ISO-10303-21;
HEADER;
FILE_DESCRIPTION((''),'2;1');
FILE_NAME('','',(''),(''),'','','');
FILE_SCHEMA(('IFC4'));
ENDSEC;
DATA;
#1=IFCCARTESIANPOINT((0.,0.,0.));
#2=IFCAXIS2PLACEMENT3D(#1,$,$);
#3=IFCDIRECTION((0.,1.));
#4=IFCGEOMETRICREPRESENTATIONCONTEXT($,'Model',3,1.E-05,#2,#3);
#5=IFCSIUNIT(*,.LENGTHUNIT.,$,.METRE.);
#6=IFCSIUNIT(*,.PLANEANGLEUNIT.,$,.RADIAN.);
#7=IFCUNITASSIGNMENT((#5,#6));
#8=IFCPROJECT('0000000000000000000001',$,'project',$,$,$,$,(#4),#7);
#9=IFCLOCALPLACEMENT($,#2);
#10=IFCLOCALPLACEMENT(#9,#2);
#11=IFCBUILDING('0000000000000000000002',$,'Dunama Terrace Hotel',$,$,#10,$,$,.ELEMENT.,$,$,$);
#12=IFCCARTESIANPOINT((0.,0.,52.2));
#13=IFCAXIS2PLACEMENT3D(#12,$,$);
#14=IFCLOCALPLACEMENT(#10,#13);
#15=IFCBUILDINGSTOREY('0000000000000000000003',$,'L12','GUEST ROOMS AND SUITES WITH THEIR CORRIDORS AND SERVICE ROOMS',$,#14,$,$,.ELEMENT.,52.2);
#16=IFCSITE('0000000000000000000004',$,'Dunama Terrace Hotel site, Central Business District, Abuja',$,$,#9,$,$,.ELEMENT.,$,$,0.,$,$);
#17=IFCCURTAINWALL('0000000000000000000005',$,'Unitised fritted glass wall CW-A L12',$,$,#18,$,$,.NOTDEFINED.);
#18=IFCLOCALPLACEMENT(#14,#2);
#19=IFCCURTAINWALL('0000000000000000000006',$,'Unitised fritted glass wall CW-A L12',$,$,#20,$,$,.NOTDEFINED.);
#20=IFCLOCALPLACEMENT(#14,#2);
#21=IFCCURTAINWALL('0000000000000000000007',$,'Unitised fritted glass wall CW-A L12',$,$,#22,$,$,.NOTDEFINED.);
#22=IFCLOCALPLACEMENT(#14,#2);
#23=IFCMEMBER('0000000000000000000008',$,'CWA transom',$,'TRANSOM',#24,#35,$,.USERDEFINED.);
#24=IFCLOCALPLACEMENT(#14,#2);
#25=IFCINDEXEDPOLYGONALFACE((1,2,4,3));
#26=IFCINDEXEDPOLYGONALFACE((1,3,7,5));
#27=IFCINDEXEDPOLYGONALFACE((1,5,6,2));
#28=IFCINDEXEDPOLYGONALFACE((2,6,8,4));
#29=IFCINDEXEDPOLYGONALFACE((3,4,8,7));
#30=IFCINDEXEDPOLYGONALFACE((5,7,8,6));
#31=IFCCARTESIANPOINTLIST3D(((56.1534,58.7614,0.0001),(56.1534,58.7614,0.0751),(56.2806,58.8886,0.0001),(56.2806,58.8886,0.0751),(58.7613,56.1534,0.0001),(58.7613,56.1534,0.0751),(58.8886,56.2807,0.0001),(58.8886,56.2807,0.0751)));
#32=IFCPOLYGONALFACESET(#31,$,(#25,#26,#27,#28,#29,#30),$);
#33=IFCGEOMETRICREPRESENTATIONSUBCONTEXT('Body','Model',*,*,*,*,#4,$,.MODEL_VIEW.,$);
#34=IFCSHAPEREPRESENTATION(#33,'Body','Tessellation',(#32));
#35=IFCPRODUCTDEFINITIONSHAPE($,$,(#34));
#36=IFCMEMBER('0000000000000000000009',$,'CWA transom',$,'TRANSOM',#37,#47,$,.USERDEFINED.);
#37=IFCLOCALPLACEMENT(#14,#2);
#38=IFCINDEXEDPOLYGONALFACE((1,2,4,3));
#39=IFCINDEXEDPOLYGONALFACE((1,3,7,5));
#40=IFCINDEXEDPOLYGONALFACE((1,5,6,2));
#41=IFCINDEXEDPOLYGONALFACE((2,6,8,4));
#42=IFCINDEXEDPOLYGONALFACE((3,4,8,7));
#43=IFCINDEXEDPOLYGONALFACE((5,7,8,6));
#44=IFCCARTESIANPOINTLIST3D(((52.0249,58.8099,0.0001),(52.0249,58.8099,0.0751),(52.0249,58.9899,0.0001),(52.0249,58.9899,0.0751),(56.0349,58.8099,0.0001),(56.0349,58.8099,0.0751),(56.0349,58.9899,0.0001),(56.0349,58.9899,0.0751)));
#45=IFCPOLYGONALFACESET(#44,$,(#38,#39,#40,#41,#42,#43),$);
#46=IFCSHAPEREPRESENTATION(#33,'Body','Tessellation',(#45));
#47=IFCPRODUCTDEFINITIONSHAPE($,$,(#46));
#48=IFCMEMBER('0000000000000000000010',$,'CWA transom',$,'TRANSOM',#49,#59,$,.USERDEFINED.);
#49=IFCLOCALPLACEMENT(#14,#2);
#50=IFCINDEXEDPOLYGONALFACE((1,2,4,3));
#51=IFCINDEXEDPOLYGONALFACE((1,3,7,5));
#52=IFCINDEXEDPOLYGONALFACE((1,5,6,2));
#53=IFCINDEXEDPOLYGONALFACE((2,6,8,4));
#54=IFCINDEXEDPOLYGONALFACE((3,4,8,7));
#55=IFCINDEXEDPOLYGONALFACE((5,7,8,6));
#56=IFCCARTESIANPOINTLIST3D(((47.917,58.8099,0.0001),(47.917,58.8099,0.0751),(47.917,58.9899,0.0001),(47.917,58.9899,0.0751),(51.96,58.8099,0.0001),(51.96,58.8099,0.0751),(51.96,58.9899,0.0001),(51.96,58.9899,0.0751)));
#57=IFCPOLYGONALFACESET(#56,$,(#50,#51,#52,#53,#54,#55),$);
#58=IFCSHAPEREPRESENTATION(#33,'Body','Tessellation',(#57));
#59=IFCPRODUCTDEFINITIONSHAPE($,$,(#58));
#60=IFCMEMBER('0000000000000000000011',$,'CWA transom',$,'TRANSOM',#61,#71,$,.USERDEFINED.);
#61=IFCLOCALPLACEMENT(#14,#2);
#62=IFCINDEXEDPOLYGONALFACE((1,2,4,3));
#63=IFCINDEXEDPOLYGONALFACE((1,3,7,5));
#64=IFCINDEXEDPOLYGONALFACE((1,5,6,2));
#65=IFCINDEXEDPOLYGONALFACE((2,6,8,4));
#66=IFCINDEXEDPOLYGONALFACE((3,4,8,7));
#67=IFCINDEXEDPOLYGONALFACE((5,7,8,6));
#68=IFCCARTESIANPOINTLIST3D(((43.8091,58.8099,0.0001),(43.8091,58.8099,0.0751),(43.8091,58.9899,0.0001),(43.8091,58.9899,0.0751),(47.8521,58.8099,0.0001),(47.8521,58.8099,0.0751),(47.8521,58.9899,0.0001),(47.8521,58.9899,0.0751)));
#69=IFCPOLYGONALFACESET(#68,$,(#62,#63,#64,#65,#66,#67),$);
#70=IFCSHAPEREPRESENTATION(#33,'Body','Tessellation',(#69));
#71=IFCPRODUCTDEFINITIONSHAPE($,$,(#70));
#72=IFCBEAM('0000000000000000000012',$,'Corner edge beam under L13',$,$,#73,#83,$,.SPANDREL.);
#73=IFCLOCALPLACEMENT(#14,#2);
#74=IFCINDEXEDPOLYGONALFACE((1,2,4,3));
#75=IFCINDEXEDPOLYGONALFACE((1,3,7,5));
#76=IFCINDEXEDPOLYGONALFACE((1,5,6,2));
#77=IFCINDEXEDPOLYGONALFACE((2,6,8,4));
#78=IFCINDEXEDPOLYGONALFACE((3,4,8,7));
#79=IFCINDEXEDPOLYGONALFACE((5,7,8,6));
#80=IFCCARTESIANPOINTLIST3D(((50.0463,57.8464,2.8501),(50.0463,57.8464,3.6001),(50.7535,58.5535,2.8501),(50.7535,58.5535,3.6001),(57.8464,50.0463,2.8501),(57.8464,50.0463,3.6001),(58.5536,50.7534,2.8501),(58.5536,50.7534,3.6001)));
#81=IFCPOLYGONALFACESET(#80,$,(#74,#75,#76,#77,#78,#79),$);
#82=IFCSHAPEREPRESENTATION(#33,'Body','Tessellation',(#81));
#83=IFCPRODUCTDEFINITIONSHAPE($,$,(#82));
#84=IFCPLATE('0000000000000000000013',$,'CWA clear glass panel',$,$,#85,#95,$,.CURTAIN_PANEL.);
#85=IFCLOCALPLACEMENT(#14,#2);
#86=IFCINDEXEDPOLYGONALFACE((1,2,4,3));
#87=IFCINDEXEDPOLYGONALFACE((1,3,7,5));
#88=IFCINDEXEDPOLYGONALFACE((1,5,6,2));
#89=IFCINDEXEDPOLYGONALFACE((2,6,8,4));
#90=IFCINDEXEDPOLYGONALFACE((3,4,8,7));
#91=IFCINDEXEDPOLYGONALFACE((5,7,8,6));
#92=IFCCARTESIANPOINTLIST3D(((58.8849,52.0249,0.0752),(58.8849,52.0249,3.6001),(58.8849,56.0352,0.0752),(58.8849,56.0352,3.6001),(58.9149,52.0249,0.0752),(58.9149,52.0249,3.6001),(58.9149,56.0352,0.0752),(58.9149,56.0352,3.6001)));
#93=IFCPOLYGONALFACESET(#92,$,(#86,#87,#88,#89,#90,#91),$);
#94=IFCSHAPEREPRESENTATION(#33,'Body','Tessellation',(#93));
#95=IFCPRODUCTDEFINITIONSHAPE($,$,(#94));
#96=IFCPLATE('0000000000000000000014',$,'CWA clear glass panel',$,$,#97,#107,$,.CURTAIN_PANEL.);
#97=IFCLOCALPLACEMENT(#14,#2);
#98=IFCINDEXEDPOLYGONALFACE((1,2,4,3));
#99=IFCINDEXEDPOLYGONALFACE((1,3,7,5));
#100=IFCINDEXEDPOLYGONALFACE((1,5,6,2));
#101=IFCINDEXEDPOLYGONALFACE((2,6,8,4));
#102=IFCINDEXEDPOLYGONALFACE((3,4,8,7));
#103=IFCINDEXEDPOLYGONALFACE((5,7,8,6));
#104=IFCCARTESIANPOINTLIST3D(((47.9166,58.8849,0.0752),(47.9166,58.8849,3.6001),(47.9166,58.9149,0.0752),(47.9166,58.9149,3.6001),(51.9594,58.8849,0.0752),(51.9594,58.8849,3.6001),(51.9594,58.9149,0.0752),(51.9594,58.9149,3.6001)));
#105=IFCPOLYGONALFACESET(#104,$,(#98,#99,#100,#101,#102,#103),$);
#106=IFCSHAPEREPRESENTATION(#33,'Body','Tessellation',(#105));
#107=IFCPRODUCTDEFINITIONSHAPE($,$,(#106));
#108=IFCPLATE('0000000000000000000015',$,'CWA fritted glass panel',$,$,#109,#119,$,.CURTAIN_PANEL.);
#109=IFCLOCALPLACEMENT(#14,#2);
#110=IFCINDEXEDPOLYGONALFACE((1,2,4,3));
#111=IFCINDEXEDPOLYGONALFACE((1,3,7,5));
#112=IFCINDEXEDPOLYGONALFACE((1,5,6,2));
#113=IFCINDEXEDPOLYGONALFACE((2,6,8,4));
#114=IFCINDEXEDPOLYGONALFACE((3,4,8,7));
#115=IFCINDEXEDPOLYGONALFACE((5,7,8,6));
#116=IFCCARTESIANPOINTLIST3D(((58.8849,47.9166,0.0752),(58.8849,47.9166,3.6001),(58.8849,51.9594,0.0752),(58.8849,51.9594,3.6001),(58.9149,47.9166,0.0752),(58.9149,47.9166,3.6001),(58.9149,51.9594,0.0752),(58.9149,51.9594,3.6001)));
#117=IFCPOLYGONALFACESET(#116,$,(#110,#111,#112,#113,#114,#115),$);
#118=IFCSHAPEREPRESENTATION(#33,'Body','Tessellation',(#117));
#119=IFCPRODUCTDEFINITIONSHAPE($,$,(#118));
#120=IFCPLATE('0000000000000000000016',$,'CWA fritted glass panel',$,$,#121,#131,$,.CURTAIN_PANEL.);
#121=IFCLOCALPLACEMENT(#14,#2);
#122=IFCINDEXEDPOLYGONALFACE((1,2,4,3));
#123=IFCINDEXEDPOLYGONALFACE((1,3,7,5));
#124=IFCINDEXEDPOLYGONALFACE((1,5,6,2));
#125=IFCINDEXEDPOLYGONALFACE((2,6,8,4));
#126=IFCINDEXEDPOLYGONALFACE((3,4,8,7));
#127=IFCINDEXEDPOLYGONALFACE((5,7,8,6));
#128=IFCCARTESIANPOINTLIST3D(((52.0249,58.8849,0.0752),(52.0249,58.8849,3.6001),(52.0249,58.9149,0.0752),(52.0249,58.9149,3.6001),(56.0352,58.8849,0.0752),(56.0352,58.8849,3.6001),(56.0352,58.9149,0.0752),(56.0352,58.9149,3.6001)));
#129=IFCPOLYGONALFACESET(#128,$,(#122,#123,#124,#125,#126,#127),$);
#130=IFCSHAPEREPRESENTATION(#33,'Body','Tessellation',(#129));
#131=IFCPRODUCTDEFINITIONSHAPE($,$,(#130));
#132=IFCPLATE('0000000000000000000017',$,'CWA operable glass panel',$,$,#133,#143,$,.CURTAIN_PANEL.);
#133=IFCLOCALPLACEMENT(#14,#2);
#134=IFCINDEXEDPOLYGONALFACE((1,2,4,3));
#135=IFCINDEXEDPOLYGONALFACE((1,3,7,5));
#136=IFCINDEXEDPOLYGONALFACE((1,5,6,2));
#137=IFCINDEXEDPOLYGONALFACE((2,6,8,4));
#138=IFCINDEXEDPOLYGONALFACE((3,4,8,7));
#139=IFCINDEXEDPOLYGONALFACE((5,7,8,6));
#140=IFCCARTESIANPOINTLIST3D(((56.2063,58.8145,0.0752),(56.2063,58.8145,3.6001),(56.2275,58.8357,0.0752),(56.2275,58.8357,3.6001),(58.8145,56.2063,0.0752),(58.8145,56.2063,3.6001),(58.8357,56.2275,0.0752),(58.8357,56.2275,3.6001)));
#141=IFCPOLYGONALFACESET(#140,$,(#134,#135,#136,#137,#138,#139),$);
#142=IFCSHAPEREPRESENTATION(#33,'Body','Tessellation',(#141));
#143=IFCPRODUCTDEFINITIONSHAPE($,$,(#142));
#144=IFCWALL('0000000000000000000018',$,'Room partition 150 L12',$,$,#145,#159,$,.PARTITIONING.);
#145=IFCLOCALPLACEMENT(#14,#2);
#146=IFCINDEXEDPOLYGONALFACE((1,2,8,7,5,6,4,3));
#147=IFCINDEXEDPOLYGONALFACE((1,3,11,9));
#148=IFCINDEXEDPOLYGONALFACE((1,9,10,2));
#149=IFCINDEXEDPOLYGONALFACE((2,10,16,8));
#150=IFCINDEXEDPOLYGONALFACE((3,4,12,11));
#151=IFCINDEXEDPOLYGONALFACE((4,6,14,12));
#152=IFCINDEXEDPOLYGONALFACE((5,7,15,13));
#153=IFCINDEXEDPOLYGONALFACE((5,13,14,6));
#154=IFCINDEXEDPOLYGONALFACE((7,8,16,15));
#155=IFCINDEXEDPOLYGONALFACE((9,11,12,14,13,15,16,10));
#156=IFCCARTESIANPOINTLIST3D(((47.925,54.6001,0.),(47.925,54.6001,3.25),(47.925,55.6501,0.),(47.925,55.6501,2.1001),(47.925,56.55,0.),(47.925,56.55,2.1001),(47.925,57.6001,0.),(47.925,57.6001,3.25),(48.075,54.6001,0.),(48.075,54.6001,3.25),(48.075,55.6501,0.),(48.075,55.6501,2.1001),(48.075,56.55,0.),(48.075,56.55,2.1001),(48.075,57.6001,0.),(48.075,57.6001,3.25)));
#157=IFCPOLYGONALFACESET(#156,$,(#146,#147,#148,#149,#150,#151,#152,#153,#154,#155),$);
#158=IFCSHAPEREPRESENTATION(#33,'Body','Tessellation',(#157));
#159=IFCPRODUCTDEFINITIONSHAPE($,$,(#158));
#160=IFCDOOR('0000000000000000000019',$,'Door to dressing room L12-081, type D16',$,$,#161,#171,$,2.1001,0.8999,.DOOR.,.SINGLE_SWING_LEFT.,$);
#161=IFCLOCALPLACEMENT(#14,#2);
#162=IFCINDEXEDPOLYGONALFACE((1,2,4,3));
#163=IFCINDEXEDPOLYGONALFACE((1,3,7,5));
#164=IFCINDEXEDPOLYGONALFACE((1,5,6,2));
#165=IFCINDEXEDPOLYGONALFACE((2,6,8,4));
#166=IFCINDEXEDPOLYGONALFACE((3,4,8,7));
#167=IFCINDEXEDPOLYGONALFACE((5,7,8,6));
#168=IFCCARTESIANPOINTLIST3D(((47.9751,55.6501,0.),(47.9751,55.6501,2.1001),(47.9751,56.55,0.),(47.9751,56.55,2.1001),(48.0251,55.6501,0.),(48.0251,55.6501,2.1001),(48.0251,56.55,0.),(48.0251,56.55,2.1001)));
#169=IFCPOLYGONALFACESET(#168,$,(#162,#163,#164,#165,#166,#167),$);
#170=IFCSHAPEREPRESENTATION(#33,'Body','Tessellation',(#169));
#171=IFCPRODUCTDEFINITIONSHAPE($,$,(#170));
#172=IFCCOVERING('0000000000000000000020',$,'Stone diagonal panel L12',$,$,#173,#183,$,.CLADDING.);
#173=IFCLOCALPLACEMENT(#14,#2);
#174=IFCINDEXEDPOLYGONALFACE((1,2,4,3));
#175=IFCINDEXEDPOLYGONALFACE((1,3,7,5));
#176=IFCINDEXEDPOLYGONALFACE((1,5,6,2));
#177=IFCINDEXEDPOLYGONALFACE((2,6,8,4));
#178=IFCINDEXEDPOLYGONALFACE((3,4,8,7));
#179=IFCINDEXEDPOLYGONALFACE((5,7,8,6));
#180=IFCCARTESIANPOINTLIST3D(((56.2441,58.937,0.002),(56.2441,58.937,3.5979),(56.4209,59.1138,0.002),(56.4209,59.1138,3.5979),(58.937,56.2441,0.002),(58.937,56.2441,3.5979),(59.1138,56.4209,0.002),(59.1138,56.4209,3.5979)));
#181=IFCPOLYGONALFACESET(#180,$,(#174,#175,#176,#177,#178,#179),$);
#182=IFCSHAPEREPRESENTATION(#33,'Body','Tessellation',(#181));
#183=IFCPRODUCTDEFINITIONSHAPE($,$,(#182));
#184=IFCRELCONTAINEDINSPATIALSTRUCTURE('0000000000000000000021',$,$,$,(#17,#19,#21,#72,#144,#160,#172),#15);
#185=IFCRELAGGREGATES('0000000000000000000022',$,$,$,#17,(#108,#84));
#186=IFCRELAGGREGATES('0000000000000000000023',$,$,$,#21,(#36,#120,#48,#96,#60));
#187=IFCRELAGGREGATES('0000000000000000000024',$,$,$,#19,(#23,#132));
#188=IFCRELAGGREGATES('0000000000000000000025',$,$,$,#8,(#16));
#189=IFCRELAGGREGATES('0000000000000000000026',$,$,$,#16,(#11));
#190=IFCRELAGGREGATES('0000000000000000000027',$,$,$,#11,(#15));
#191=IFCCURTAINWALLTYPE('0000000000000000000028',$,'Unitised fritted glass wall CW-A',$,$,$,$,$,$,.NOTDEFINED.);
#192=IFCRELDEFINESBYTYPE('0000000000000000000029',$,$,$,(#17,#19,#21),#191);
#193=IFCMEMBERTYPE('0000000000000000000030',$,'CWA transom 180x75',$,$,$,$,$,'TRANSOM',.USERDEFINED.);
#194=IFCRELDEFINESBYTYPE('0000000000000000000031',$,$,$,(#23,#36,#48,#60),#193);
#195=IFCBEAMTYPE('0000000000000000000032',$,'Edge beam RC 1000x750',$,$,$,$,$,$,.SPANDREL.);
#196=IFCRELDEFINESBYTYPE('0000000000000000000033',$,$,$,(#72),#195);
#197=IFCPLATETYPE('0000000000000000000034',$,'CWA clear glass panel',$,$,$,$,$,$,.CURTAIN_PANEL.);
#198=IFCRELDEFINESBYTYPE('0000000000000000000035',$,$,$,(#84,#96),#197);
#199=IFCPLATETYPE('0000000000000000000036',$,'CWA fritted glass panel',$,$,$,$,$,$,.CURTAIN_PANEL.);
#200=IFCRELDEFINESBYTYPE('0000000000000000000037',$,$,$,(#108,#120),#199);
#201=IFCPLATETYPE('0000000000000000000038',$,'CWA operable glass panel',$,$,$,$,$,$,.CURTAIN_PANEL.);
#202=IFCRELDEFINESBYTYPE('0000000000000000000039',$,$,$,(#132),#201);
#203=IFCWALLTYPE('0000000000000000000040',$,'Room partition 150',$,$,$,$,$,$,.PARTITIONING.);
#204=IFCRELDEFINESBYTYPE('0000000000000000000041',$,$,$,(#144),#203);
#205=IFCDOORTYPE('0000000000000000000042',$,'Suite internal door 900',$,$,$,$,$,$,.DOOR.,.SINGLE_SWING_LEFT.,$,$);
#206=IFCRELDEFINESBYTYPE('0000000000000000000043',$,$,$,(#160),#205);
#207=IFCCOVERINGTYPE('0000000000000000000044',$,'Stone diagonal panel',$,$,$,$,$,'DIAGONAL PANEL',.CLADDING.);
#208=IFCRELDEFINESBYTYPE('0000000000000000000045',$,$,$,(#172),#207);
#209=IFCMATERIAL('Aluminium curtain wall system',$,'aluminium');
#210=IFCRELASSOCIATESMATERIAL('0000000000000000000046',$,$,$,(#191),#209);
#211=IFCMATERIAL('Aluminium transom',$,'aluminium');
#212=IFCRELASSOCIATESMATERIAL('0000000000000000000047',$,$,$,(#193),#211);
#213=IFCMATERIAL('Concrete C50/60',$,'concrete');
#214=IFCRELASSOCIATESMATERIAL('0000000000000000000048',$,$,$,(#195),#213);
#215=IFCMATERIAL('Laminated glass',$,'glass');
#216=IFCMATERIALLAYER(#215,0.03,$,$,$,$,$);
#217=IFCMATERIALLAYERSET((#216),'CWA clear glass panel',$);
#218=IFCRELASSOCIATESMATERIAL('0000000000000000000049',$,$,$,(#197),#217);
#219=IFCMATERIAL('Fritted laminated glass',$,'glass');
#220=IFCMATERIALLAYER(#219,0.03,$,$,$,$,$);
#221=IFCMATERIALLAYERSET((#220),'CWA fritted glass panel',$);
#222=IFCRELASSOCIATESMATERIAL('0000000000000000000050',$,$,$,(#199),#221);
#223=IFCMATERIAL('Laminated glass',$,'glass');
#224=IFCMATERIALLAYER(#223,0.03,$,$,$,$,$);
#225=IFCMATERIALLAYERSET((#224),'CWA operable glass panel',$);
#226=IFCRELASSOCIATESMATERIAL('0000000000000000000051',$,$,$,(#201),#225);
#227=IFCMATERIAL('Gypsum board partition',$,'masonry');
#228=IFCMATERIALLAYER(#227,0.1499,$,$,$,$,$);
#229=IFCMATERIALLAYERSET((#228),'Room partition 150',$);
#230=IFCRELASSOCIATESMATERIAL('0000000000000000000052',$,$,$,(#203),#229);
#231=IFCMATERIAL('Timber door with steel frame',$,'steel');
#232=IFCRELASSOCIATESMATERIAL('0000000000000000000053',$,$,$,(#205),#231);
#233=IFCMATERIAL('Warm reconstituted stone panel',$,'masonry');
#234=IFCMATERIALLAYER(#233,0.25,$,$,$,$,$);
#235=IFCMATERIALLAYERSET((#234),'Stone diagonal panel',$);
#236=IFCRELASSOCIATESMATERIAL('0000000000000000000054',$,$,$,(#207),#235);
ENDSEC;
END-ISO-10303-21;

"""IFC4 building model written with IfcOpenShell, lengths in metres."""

from ifc_helpers import new_model, si_unit, direction, frame, frame_2d, origin, origin_2d, place, context, subcontext, project, spatial, rectangle, extrude, material, layer, layer_set, material_profile, profile_set, type_object, element, fill, aggregate, save


model = new_model("IFC4")

# Units and contexts
model_context = context("Model", 3, precision=1e-05, world=origin(), true_north=direction((0.0, 1.0)))
body_context = subcontext(model_context, "Body", "Model", "MODEL_VIEW")
ifc_project = project(units=[si_unit("LENGTHUNIT", "METRE"), si_unit("PLANEANGLEUNIT", "RADIAN")], contexts=[model_context])

# Site, building, storey
site_placement = place(None, origin())
site = spatial("IfcSite", under=ifc_project, at=site_placement, Name="Dunama Terrace Hotel site, Central Business District, Abuja", CompositionType="ELEMENT", RefElevation=0.0)
building_placement = place(site_placement, origin())
building = spatial("IfcBuilding", under=site, at=building_placement, Name="Dunama Terrace Hotel", CompositionType="ELEMENT")
storey_placement = place(building_placement, frame((0.0, 0.0, 52.2)))
storey = spatial("IfcBuildingStorey", under=building, at=storey_placement, Name="L12", Description="GUEST ROOMS AND SUITES WITH THEIR CORRIDORS AND SERVICE ROOMS", CompositionType="ELEMENT", Elevation=52.2)

# Curtain walls
ifc_material_1 = material(Name="Aluminium curtain wall system", Category="aluminium")
curtain_wall_type = type_object("IfcCurtainWallType", Name="Unitised fritted glass wall CW-A", PredefinedType="NOTDEFINED", material=ifc_material_1)
curtain_wall_1_placement = place(storey_placement, origin())
curtain_wall_1 = element("IfcCurtainWall", 1, at=curtain_wall_1_placement, inside=storey, type_object=curtain_wall_type, Name="Unitised fritted glass wall CW-A L12", PredefinedType="NOTDEFINED")
curtain_wall_2_placement = place(storey_placement, origin())
curtain_wall_2 = element("IfcCurtainWall", 2, at=curtain_wall_2_placement, inside=storey, type_object=curtain_wall_type, Name="Unitised fritted glass wall CW-A L12", PredefinedType="NOTDEFINED")
curtain_wall_3_placement = place(storey_placement, origin())
curtain_wall_3 = element("IfcCurtainWall", 3, at=curtain_wall_3_placement, inside=storey, type_object=curtain_wall_type, Name="Unitised fritted glass wall CW-A L12", PredefinedType="NOTDEFINED")

# Members
ifc_material_2 = material(Name="Aluminium transom", Category="aluminium")
ifc_material_profile_1 = material_profile(ifc_material_2, rectangle(XDim=0.1799, YDim=0.075, at=origin_2d()), Name="CWA TRANSOM 180X75")
ifc_profile_set_1 = profile_set([ifc_material_profile_1], Name="Aluminium transom")
member_type_1 = type_object("IfcMemberType", Name="CWA transom 180x75", ElementType="TRANSOM", PredefinedType="USERDEFINED", material=ifc_profile_set_1)
member_1_placement = place(storey_placement, frame((58.825, 56.217, 0.0376), z_axis=(-0.707107, 0.707107, 0.0), x_axis=(-0.707107, -0.707107, 0.0)))
member_1 = element("IfcMember", 4, at=member_1_placement, type_object=member_type_1, Name="CWA transom", ObjectType="TRANSOM", PredefinedType="USERDEFINED", context=body_context, shape_type="SweptSolid", body=[
    extrude(rectangle(XDim=0.1799, YDim=0.075, at=origin_2d()), origin(), (0.0, 0.0, 1.0), 3.6882),
])
member_2_placement = place(storey_placement, frame((56.0349, 58.8999, 0.0376), z_axis=(-1.0, 0.0, 0.0), x_axis=(0.0, -1.0, 0.0)))
member_2 = element("IfcMember", 5, at=member_2_placement, type_object=member_type_1, Name="CWA transom", ObjectType="TRANSOM", PredefinedType="USERDEFINED", context=body_context, shape_type="SweptSolid", body=[
    extrude(rectangle(XDim=0.1799, YDim=0.075, at=origin_2d()), origin(), (0.0, 0.0, 1.0), 4.01),
])
member_3_placement = place(storey_placement, frame((51.96, 58.8999, 0.0376), z_axis=(-1.0, 0.0, 0.0), x_axis=(0.0, -1.0, 0.0)))
member_3 = element("IfcMember", 6, at=member_3_placement, type_object=member_type_1, Name="CWA transom", ObjectType="TRANSOM", PredefinedType="USERDEFINED", context=body_context, shape_type="SweptSolid", body=[
    extrude(rectangle(XDim=0.1799, YDim=0.075, at=origin_2d()), origin(), (0.0, 0.0, 1.0), 4.043),
])
member_4_placement = place(storey_placement, frame((47.8521, 58.8999, 0.0376), z_axis=(-1.0, 0.0, 0.0), x_axis=(0.0, -1.0, 0.0)))
member_4 = element("IfcMember", 7, at=member_4_placement, type_object=member_type_1, Name="CWA transom", ObjectType="TRANSOM", PredefinedType="USERDEFINED", context=body_context, shape_type="SweptSolid", body=[
    extrude(rectangle(XDim=0.1799, YDim=0.075, at=origin_2d()), origin(), (0.0, 0.0, 1.0), 4.043),
])

# Beam
ifc_material_3 = material(Name="Concrete C50/60", Category="concrete")
ifc_material_profile_2 = material_profile(ifc_material_3, rectangle(XDim=1.0, YDim=0.75, at=origin_2d()), Name="RC 1000x750")
ifc_profile_set_2 = profile_set([ifc_material_profile_2], Name="Concrete C50/60")
beam_type = type_object("IfcBeamType", Name="Edge beam RC 1000x750", PredefinedType="SPANDREL", material=ifc_profile_set_2)
beam_placement = place(storey_placement, frame((50.3999, 58.2, 3.2251), z_axis=(0.707107, -0.707107, 0.0), x_axis=(0.707107, 0.707107, 0.0)))
element("IfcBeam", 8, at=beam_placement, inside=storey, type_object=beam_type, Name="Corner edge beam under L13", PredefinedType="SPANDREL", context=body_context, shape_type="SweptSolid", body=[
    extrude(rectangle(XDim=1.0, YDim=0.75, at=origin_2d()), origin(), (0.0, 0.0, 1.0), 11.031),
])

# Plates
ifc_material_4 = material(Name="Laminated glass", Category="glass")
ifc_layer_1 = layer(ifc_material_4, 0.03)
ifc_layer_set_1 = layer_set([ifc_layer_1], Name="CWA clear glass panel")
plate_type_1 = type_object("IfcPlateType", Name="CWA clear glass panel", PredefinedType="CURTAIN_PANEL", material=ifc_layer_set_1)
plate_1_placement = place(storey_placement, frame((58.8999, 54.03, 0.0752), z_axis=(0.0, 0.0, 1.0), x_axis=(0.0, 1.0, 0.0)))
plate_1 = element("IfcPlate", 9, at=plate_1_placement, type_object=plate_type_1, Name="CWA clear glass panel", PredefinedType="CURTAIN_PANEL", context=body_context, shape_type="SweptSolid", body=[
    extrude(rectangle(XDim=4.0103, YDim=0.03, at=origin_2d()), origin(), (0.0, 0.0, 1.0), 3.5249),
])
plate_2_placement = place(storey_placement, frame((49.938, 58.8999, 0.0752), z_axis=(0.0, 0.0, 1.0), x_axis=(-1.0, 0.0, 0.0)))
plate_2 = element("IfcPlate", 10, at=plate_2_placement, type_object=plate_type_1, Name="CWA clear glass panel", PredefinedType="CURTAIN_PANEL", context=body_context, shape_type="SweptSolid", body=[
    extrude(rectangle(XDim=4.0427, YDim=0.03, at=origin_2d()), origin(), (0.0, 0.0, 1.0), 3.5249),
])
ifc_material_5 = material(Name="Fritted laminated glass", Category="glass")
ifc_layer_2 = layer(ifc_material_5, 0.03)
ifc_layer_set_2 = layer_set([ifc_layer_2], Name="CWA fritted glass panel")
plate_type_2 = type_object("IfcPlateType", Name="CWA fritted glass panel", PredefinedType="CURTAIN_PANEL", material=ifc_layer_set_2)
plate_3_placement = place(storey_placement, frame((58.8999, 49.938, 0.0752), z_axis=(0.0, 0.0, 1.0), x_axis=(0.0, 1.0, 0.0)))
plate_3 = element("IfcPlate", 11, at=plate_3_placement, type_object=plate_type_2, Name="CWA fritted glass panel", PredefinedType="CURTAIN_PANEL", context=body_context, shape_type="SweptSolid", body=[
    extrude(rectangle(XDim=4.0427, YDim=0.03, at=origin_2d()), origin(), (0.0, 0.0, 1.0), 3.5249),
])
aggregate(curtain_wall_1, [plate_3, plate_1])
plate_4_placement = place(storey_placement, frame((54.03, 58.8999, 0.0752), z_axis=(0.0, 0.0, 1.0), x_axis=(-1.0, 0.0, 0.0)))
plate_4 = element("IfcPlate", 12, at=plate_4_placement, type_object=plate_type_2, Name="CWA fritted glass panel", PredefinedType="CURTAIN_PANEL", context=body_context, shape_type="SweptSolid", body=[
    extrude(rectangle(XDim=4.0103, YDim=0.03, at=origin_2d()), origin(), (0.0, 0.0, 1.0), 3.5249),
])
aggregate(curtain_wall_3, [member_2, plate_4, member_3, plate_2, member_4])
ifc_material_6 = material(Name="Laminated glass", Category="glass")
ifc_layer_3 = layer(ifc_material_6, 0.03)
ifc_layer_set_3 = layer_set([ifc_layer_3], Name="CWA operable glass panel")
plate_type_3 = type_object("IfcPlateType", Name="CWA operable glass panel", PredefinedType="CURTAIN_PANEL", material=ifc_layer_set_3)
plate_5_placement = place(storey_placement, frame((57.521, 57.521, 0.0752), z_axis=(0.0, 0.0, 1.0), x_axis=(-0.707107, 0.707107, 0.0)))
plate_5 = element("IfcPlate", 13, at=plate_5_placement, type_object=plate_type_3, Name="CWA operable glass panel", PredefinedType="CURTAIN_PANEL", context=body_context, shape_type="SweptSolid", body=[
    extrude(rectangle(XDim=3.6885, YDim=0.03, at=origin_2d()), origin(), (0.0, 0.0, 1.0), 3.5249),
])
aggregate(curtain_wall_2, [member_1, plate_5])

# Wall, opening, door
ifc_material_7 = material(Name="Gypsum board partition", Category="masonry")
ifc_layer_4 = layer(ifc_material_7, 0.1499)
ifc_layer_set_4 = layer_set([ifc_layer_4], Name="Room partition 150")
wall_type = type_object("IfcWallType", Name="Room partition 150", PredefinedType="PARTITIONING", material=ifc_layer_set_4)
wall_placement = place(storey_placement, frame((48.0, 54.6001, 0.0), z_axis=(0.0, 0.0, 1.0), x_axis=(0.0, 1.0, 0.0)))
wall = element("IfcWall", 14, at=wall_placement, inside=storey, type_object=wall_type, Name="Room partition 150 L12", PredefinedType="PARTITIONING", context=body_context, shape_type="SweptSolid", body=[
    extrude(rectangle(XDim=3.0, YDim=0.1499, at=frame_2d((1.5, 0.0))), origin(), (0.0, 0.0, 1.0), 3.25),
])
opening_placement = place(wall_placement, frame((1.05, 0.0, 0.0)))
opening = element("IfcOpeningElement", 15, at=opening_placement, cuts=wall, PredefinedType="OPENING", context=body_context, shape_type="SweptSolid", body=[
    extrude(rectangle(XDim=0.8999, YDim=2.1001, at=frame_2d((0.45, 1.05))), frame((0.0, 0.085, 0.0), z_axis=(0.0, -1.0, 0.0), x_axis=(1.0, 0.0, 0.0)), (0.0, 0.0, 1.0), 0.1699),
])
ifc_material_8 = material(Name="Timber door with steel frame", Category="steel")
door_type = type_object("IfcDoorType", Name="Suite internal door 900", OperationType="SINGLE_SWING_LEFT", PredefinedType="DOOR", material=ifc_material_8)
door_placement = place(opening_placement, origin())
door = element("IfcDoor", 16, at=door_placement, inside=storey, type_object=door_type, Name="Door to dressing room L12-081, type D16", OperationType="SINGLE_SWING_LEFT", OverallHeight=2.1001, OverallWidth=0.8999, PredefinedType="DOOR", context=body_context, shape_type="SweptSolid", body=[
    extrude(rectangle(XDim=0.8999, YDim=2.1001, at=frame_2d((0.45, 1.05))), frame((0.0, 0.0249, 0.0), z_axis=(0.0, -1.0, 0.0), x_axis=(1.0, 0.0, 0.0)), (0.0, 0.0, 1.0), 0.05),
])
fill(opening, door)

# Covering
ifc_material_9 = material(Name="Warm reconstituted stone panel", Category="masonry")
ifc_layer_5 = layer(ifc_material_9, 0.25)
ifc_layer_set_5 = layer_set([ifc_layer_5], Name="Stone diagonal panel")
covering_type = type_object("IfcCoveringType", Name="Stone diagonal panel", ElementType="DIAGONAL PANEL", PredefinedType="CLADDING", material=ifc_layer_set_5)
covering_1_placement = place(storey_placement, frame((57.679, 57.679, 0.002), z_axis=(0.0, 0.0, 1.0), x_axis=(-0.707107, 0.707107, 0.0)))
element("IfcCovering", 17, at=covering_1_placement, inside=storey, type_object=covering_type, Name="Stone diagonal panel L12", PredefinedType="CLADDING", context=body_context, shape_type="SweptSolid", body=[
    extrude(rectangle(XDim=3.8083, YDim=0.25, at=origin_2d()), origin(), (0.0, 0.0, 1.0), 3.5959),
])

save(model, "model.ifc")
